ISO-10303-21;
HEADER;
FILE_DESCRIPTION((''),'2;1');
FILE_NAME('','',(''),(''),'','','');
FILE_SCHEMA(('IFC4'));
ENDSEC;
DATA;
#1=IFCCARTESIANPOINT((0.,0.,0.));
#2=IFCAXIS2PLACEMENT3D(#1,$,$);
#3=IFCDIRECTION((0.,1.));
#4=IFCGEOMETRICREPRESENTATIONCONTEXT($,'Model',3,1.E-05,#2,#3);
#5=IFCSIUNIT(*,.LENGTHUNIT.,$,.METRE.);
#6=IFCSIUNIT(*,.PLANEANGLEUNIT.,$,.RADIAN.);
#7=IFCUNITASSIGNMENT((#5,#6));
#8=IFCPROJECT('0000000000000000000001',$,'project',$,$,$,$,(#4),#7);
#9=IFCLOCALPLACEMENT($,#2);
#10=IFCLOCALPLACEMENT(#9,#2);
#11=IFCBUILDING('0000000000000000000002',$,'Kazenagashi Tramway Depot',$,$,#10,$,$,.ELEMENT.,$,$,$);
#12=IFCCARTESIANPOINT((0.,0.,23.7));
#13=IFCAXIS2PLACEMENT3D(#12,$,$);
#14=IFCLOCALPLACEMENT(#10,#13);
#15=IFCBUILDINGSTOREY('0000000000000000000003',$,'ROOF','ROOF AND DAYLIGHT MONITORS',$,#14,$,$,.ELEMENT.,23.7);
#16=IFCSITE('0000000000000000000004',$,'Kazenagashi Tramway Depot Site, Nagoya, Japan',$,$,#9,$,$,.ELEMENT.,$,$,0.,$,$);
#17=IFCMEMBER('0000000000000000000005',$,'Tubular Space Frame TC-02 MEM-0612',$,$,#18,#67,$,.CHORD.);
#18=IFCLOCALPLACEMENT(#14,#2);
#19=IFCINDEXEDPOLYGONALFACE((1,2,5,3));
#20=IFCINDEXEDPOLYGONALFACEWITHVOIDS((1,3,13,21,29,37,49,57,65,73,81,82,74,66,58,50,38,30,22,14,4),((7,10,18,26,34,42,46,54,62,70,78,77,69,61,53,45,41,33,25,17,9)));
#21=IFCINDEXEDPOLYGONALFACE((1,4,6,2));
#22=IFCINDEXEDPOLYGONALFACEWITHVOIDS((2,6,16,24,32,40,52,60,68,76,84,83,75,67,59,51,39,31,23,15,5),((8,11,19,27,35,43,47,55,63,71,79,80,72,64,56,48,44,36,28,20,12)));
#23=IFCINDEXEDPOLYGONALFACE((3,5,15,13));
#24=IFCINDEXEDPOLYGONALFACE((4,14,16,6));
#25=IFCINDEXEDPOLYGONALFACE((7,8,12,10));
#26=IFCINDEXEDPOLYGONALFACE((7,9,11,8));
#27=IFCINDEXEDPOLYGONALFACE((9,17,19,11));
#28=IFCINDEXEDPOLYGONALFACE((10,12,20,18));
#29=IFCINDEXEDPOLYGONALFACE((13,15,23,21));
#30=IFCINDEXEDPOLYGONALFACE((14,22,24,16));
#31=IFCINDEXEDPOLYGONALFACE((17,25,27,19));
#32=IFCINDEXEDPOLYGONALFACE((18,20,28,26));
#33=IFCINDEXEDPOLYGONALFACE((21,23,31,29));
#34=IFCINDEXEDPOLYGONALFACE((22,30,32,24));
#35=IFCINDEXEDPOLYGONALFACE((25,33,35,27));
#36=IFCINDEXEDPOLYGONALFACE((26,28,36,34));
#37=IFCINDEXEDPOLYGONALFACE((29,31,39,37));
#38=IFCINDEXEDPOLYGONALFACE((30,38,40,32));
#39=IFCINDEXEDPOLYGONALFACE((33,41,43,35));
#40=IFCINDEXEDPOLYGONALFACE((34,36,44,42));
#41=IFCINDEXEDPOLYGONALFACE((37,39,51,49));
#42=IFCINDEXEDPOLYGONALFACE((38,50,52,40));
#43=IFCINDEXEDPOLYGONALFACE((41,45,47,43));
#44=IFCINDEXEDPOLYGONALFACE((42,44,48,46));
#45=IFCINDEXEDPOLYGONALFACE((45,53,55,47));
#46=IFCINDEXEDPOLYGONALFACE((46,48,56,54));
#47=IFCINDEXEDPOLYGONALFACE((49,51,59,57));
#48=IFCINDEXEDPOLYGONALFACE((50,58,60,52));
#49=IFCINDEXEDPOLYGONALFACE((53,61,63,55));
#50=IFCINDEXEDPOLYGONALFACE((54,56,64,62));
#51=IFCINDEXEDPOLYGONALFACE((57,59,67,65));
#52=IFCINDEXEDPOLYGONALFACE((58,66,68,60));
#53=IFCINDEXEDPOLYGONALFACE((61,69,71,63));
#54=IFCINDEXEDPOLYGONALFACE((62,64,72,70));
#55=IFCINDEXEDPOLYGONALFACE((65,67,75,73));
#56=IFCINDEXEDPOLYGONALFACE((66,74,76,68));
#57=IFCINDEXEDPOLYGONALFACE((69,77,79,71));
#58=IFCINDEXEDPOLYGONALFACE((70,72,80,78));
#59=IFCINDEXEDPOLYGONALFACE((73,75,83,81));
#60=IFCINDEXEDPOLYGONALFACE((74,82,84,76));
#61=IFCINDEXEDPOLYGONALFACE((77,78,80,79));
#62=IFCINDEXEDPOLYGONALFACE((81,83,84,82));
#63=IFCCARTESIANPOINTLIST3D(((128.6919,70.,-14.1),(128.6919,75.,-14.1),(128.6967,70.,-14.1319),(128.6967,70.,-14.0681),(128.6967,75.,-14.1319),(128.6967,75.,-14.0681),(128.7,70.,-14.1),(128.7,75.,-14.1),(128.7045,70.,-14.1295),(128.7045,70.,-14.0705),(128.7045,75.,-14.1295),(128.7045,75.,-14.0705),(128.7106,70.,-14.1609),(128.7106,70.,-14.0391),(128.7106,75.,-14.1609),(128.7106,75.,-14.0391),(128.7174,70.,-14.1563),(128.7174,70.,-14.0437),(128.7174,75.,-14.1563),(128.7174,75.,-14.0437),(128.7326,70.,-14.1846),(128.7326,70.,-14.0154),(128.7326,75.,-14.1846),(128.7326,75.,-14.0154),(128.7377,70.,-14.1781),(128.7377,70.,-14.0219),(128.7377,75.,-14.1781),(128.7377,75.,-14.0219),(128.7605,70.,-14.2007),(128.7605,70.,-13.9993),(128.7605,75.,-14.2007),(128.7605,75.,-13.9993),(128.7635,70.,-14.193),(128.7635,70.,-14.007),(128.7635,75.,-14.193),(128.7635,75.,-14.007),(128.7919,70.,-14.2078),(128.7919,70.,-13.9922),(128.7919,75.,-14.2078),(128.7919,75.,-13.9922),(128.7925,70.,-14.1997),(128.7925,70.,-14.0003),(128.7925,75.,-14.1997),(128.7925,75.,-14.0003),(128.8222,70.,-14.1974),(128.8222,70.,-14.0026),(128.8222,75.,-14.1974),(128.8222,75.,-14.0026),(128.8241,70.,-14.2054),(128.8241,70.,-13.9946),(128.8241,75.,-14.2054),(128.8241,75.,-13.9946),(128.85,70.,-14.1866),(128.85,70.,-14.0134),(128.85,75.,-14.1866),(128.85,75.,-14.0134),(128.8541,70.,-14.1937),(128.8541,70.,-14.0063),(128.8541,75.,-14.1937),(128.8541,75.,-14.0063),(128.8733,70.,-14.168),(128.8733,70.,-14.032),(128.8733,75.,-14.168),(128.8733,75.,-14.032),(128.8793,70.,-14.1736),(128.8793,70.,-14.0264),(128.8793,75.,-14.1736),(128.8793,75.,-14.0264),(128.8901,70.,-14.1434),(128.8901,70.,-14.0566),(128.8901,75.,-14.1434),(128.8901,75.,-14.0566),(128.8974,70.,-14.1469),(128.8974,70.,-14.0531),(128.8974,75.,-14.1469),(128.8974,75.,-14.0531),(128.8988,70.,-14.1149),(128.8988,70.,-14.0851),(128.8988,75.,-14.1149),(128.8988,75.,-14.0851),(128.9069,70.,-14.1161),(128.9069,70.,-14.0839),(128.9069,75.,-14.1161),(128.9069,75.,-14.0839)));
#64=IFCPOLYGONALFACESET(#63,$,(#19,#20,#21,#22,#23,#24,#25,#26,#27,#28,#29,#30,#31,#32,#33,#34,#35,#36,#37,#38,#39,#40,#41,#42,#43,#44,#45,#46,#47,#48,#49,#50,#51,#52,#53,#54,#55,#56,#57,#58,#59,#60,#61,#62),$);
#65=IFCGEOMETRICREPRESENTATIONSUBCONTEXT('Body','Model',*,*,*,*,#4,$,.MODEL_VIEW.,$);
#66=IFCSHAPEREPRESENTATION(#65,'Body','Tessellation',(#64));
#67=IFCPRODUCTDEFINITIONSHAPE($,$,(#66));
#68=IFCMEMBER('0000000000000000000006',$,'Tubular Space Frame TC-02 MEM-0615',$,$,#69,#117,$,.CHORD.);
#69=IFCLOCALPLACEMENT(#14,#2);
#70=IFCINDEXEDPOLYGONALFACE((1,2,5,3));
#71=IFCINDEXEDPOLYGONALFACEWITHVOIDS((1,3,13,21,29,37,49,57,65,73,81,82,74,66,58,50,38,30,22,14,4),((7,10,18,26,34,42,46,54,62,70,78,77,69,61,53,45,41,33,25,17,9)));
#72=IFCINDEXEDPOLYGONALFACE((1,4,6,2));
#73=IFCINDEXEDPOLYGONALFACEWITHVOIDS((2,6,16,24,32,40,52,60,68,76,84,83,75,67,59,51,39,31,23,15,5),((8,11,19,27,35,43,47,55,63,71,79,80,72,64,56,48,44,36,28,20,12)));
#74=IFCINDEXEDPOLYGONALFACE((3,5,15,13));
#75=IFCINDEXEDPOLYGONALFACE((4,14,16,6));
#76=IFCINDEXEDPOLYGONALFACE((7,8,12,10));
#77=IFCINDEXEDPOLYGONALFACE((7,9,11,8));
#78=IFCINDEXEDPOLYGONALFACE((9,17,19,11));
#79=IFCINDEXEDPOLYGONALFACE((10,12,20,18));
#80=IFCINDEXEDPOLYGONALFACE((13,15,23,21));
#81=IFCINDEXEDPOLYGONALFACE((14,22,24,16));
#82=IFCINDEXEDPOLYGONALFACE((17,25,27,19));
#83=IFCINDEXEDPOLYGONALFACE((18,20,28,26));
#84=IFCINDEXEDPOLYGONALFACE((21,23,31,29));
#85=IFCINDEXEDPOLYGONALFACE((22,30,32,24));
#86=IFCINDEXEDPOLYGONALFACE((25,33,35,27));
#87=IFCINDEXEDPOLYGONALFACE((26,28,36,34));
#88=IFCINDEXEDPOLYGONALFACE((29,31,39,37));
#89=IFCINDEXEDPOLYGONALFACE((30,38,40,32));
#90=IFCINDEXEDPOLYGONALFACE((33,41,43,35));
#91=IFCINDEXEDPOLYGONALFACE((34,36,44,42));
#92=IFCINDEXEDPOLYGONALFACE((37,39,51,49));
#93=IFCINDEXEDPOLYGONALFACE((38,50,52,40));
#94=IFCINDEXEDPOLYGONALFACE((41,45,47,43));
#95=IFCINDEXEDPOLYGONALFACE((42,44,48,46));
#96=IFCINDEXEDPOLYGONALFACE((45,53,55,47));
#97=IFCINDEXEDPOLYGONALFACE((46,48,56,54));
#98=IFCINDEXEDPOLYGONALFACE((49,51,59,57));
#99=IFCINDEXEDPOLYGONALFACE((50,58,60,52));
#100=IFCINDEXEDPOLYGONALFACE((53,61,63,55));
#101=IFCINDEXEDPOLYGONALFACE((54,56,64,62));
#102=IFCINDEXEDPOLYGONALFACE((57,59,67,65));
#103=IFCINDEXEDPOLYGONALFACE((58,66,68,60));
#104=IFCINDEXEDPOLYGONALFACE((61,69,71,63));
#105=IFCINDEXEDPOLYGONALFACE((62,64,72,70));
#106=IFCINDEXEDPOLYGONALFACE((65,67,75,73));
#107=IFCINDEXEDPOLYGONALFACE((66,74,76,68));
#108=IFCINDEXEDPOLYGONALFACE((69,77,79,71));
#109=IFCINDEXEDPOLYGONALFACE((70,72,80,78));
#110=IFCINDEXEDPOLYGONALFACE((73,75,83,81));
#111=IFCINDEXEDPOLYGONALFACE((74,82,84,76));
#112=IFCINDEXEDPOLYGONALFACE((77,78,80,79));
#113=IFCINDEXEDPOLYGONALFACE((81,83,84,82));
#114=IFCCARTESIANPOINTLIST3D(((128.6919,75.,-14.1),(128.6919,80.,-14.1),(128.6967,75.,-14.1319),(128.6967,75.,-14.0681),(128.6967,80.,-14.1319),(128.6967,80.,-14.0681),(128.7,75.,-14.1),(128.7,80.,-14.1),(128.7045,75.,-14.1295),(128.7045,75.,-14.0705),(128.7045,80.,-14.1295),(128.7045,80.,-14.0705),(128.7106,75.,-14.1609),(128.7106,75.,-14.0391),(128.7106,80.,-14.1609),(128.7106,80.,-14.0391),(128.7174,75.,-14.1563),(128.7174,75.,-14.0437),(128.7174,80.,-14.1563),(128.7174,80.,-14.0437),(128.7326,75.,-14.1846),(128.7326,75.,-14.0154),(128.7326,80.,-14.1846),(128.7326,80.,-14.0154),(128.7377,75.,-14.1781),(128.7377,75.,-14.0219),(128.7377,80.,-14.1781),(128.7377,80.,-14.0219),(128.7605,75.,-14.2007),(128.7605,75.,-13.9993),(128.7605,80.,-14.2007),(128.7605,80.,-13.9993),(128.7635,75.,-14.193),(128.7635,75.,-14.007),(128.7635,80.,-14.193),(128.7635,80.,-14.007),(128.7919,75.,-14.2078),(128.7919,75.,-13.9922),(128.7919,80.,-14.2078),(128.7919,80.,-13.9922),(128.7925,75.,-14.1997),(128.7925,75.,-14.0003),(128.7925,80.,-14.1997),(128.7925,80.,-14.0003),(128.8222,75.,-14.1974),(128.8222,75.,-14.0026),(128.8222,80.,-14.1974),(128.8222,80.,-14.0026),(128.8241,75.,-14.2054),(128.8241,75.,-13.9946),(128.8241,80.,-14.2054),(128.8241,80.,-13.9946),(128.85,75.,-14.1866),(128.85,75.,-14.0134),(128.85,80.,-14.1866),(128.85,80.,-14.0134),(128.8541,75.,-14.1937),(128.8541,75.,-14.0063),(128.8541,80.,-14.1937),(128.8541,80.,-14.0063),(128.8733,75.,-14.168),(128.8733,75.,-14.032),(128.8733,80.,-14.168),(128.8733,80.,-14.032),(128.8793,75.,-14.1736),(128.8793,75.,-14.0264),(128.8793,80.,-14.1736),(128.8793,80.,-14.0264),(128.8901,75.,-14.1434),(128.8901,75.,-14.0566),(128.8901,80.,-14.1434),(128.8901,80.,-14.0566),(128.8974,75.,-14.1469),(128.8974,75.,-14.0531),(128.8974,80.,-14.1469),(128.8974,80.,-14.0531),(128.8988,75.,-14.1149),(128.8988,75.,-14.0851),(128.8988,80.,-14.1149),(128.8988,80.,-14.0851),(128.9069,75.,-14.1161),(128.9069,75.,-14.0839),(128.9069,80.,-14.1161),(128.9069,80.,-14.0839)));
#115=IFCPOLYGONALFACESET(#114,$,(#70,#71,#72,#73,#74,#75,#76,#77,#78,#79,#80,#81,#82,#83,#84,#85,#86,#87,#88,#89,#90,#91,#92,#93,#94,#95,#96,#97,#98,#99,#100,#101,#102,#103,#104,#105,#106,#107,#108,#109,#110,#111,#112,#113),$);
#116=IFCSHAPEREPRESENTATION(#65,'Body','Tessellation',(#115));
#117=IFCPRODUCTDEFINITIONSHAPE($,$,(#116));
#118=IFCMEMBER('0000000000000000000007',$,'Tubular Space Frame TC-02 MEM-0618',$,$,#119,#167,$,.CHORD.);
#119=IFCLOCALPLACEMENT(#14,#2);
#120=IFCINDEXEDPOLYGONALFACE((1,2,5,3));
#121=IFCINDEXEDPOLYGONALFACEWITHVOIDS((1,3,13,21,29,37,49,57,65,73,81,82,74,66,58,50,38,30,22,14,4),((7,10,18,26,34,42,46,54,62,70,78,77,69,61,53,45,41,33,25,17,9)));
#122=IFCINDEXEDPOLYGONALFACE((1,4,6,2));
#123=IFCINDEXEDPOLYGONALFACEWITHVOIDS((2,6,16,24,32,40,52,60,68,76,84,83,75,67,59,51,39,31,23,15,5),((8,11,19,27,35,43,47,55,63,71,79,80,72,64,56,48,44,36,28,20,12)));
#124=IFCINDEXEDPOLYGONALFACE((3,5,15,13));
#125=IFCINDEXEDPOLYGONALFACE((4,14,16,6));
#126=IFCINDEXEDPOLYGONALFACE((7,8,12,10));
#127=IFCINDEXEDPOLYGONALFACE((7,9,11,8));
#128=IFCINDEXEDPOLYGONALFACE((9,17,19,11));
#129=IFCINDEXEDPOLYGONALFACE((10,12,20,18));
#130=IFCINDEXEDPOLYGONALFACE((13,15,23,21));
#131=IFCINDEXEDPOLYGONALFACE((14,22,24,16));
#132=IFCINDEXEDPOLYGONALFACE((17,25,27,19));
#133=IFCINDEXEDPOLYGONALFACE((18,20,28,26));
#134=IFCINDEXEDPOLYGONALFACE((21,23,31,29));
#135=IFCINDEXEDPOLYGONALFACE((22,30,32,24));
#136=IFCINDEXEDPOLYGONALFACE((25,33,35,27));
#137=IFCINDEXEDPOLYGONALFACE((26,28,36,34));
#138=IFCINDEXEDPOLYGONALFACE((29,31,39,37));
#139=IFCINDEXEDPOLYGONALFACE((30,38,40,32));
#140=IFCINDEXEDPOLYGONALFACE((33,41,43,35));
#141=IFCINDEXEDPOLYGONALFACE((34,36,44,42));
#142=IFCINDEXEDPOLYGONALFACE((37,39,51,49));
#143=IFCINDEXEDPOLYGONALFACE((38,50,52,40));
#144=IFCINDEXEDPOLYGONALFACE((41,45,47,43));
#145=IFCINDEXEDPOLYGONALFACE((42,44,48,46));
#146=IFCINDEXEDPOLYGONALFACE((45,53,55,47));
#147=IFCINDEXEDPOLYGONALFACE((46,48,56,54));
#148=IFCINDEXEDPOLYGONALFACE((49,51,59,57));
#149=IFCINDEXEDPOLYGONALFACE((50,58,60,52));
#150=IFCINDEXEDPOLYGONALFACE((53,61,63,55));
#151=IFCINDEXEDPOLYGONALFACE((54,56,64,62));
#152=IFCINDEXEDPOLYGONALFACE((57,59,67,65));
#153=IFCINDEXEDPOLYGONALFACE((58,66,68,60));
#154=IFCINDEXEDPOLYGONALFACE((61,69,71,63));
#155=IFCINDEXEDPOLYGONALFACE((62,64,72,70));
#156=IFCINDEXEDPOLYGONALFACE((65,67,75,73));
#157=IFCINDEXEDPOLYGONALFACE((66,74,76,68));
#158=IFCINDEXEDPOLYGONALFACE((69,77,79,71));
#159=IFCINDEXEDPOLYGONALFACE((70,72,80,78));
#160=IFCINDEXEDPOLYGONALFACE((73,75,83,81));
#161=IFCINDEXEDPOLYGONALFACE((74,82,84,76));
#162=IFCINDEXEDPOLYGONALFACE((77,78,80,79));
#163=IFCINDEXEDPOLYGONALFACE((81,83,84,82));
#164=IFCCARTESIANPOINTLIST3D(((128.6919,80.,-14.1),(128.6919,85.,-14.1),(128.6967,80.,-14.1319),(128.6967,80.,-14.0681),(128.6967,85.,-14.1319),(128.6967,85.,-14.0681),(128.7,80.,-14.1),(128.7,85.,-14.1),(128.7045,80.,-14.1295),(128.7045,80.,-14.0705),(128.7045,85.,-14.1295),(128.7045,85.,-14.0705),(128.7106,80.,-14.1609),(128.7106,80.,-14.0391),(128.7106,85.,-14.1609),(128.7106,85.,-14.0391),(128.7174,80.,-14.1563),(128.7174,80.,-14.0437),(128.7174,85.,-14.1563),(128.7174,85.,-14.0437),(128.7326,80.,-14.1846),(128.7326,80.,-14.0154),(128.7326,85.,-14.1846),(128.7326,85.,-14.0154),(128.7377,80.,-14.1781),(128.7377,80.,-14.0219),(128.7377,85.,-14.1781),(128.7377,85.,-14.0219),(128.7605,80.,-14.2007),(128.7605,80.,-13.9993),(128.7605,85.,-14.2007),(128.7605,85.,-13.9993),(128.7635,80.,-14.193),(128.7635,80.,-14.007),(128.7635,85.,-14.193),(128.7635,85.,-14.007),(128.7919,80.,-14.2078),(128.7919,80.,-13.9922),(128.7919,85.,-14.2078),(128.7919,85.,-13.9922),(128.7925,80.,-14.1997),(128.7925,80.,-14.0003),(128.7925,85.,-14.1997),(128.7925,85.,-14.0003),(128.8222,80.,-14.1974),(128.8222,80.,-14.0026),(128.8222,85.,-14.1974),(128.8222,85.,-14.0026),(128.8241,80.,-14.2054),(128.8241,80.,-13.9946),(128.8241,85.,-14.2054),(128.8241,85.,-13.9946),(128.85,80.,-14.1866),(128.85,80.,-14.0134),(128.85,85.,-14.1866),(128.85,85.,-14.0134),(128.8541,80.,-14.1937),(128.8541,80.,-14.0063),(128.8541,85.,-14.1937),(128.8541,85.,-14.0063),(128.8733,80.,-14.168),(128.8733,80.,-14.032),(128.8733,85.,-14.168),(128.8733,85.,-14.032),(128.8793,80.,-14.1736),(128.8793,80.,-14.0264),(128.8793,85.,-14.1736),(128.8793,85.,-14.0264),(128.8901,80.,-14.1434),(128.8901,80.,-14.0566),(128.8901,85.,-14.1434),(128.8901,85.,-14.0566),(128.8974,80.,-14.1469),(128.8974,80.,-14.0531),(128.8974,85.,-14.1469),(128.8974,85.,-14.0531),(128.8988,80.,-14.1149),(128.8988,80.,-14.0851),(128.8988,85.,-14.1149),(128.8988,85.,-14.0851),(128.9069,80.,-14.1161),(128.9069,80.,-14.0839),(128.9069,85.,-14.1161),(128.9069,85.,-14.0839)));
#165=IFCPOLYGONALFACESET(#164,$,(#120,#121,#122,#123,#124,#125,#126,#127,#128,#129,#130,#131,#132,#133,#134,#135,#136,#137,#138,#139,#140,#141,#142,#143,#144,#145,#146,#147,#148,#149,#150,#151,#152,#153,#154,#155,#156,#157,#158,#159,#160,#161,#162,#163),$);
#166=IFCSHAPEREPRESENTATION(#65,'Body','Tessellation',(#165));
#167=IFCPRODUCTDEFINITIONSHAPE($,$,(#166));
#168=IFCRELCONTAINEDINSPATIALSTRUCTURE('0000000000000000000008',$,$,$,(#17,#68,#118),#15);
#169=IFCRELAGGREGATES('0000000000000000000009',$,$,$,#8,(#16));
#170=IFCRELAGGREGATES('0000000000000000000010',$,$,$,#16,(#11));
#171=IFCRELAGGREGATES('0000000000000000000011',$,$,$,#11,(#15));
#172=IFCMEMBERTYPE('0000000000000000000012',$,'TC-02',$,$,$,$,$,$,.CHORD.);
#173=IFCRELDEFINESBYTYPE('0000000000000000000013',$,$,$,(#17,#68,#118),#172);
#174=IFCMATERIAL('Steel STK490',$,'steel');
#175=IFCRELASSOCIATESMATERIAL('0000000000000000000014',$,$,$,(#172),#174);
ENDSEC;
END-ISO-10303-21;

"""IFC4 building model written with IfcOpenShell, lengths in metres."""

from ifc_helpers import new_model, si_unit, direction, frame, origin, origin_2d, place, context, subcontext, project, spatial, hollow_circle, extrude, material, material_profile, profile_set, type_object, element, save


model = new_model("IFC4")

# Units and contexts
model_context = context("Model", 3, precision=1e-05, world=origin(), true_north=direction((0.0, 1.0)))
body_context = subcontext(model_context, "Body", "Model", "MODEL_VIEW")
ifc_project = project(units=[si_unit("LENGTHUNIT", "METRE"), si_unit("PLANEANGLEUNIT", "RADIAN")], contexts=[model_context])

# Site, building, storey
site_placement = place(None, origin())
site = spatial("IfcSite", under=ifc_project, at=site_placement, Name="Kazenagashi Tramway Depot Site, Nagoya, Japan", CompositionType="ELEMENT", RefElevation=0.0)
building_placement = place(site_placement, origin())
building = spatial("IfcBuilding", under=site, at=building_placement, Name="Kazenagashi Tramway Depot", CompositionType="ELEMENT")
storey_placement = place(building_placement, frame((0.0, 0.0, 23.7)))
storey = spatial("IfcBuildingStorey", under=building, at=storey_placement, Name="ROOF", Description="ROOF AND DAYLIGHT MONITORS", CompositionType="ELEMENT", Elevation=23.7)

# Members
ifc_material_1 = material(Name="Steel STK490", Category="steel")
ifc_material_profile_1 = material_profile(ifc_material_1, hollow_circle(Radius=0.1081, WallThickness=0.0082, at=origin_2d()), Name="CHS-216.3x8.2")
ifc_profile_set_1 = profile_set([ifc_material_profile_1], Name="Steel STK490")
member_type_1 = type_object("IfcMemberType", Name="TC-02", PredefinedType="CHORD", material=ifc_profile_set_1)
for number, where, z_axis, x_axis, name in (
    (1, (128.8, 70.0, -14.1), (0.0, 1.0, 0.0), (-1.0, 0.0, 0.0), "Tubular Space Frame TC-02 MEM-0612"),
    (2, (128.8, 75.0, -14.1), (0.0, 1.0, 0.0), (-1.0, 0.0, 0.0), "Tubular Space Frame TC-02 MEM-0615"),
    (3, (128.8, 80.0, -14.1), (0.0, 1.0, 0.0), (-1.0, 0.0, 0.0), "Tubular Space Frame TC-02 MEM-0618"),
):
    element("IfcMember", number, at=place(storey_placement, frame(where, z_axis=z_axis, x_axis=x_axis)), inside=storey, type_object=member_type_1, Name=name, PredefinedType="CHORD", context=body_context, shape_type="SweptSolid", body=[
        extrude(hollow_circle(Radius=0.1081, WallThickness=0.0082, at=origin_2d()), origin(), (0.0, 0.0, 1.0), 5.0),
    ])

save(model, "model.ifc")
